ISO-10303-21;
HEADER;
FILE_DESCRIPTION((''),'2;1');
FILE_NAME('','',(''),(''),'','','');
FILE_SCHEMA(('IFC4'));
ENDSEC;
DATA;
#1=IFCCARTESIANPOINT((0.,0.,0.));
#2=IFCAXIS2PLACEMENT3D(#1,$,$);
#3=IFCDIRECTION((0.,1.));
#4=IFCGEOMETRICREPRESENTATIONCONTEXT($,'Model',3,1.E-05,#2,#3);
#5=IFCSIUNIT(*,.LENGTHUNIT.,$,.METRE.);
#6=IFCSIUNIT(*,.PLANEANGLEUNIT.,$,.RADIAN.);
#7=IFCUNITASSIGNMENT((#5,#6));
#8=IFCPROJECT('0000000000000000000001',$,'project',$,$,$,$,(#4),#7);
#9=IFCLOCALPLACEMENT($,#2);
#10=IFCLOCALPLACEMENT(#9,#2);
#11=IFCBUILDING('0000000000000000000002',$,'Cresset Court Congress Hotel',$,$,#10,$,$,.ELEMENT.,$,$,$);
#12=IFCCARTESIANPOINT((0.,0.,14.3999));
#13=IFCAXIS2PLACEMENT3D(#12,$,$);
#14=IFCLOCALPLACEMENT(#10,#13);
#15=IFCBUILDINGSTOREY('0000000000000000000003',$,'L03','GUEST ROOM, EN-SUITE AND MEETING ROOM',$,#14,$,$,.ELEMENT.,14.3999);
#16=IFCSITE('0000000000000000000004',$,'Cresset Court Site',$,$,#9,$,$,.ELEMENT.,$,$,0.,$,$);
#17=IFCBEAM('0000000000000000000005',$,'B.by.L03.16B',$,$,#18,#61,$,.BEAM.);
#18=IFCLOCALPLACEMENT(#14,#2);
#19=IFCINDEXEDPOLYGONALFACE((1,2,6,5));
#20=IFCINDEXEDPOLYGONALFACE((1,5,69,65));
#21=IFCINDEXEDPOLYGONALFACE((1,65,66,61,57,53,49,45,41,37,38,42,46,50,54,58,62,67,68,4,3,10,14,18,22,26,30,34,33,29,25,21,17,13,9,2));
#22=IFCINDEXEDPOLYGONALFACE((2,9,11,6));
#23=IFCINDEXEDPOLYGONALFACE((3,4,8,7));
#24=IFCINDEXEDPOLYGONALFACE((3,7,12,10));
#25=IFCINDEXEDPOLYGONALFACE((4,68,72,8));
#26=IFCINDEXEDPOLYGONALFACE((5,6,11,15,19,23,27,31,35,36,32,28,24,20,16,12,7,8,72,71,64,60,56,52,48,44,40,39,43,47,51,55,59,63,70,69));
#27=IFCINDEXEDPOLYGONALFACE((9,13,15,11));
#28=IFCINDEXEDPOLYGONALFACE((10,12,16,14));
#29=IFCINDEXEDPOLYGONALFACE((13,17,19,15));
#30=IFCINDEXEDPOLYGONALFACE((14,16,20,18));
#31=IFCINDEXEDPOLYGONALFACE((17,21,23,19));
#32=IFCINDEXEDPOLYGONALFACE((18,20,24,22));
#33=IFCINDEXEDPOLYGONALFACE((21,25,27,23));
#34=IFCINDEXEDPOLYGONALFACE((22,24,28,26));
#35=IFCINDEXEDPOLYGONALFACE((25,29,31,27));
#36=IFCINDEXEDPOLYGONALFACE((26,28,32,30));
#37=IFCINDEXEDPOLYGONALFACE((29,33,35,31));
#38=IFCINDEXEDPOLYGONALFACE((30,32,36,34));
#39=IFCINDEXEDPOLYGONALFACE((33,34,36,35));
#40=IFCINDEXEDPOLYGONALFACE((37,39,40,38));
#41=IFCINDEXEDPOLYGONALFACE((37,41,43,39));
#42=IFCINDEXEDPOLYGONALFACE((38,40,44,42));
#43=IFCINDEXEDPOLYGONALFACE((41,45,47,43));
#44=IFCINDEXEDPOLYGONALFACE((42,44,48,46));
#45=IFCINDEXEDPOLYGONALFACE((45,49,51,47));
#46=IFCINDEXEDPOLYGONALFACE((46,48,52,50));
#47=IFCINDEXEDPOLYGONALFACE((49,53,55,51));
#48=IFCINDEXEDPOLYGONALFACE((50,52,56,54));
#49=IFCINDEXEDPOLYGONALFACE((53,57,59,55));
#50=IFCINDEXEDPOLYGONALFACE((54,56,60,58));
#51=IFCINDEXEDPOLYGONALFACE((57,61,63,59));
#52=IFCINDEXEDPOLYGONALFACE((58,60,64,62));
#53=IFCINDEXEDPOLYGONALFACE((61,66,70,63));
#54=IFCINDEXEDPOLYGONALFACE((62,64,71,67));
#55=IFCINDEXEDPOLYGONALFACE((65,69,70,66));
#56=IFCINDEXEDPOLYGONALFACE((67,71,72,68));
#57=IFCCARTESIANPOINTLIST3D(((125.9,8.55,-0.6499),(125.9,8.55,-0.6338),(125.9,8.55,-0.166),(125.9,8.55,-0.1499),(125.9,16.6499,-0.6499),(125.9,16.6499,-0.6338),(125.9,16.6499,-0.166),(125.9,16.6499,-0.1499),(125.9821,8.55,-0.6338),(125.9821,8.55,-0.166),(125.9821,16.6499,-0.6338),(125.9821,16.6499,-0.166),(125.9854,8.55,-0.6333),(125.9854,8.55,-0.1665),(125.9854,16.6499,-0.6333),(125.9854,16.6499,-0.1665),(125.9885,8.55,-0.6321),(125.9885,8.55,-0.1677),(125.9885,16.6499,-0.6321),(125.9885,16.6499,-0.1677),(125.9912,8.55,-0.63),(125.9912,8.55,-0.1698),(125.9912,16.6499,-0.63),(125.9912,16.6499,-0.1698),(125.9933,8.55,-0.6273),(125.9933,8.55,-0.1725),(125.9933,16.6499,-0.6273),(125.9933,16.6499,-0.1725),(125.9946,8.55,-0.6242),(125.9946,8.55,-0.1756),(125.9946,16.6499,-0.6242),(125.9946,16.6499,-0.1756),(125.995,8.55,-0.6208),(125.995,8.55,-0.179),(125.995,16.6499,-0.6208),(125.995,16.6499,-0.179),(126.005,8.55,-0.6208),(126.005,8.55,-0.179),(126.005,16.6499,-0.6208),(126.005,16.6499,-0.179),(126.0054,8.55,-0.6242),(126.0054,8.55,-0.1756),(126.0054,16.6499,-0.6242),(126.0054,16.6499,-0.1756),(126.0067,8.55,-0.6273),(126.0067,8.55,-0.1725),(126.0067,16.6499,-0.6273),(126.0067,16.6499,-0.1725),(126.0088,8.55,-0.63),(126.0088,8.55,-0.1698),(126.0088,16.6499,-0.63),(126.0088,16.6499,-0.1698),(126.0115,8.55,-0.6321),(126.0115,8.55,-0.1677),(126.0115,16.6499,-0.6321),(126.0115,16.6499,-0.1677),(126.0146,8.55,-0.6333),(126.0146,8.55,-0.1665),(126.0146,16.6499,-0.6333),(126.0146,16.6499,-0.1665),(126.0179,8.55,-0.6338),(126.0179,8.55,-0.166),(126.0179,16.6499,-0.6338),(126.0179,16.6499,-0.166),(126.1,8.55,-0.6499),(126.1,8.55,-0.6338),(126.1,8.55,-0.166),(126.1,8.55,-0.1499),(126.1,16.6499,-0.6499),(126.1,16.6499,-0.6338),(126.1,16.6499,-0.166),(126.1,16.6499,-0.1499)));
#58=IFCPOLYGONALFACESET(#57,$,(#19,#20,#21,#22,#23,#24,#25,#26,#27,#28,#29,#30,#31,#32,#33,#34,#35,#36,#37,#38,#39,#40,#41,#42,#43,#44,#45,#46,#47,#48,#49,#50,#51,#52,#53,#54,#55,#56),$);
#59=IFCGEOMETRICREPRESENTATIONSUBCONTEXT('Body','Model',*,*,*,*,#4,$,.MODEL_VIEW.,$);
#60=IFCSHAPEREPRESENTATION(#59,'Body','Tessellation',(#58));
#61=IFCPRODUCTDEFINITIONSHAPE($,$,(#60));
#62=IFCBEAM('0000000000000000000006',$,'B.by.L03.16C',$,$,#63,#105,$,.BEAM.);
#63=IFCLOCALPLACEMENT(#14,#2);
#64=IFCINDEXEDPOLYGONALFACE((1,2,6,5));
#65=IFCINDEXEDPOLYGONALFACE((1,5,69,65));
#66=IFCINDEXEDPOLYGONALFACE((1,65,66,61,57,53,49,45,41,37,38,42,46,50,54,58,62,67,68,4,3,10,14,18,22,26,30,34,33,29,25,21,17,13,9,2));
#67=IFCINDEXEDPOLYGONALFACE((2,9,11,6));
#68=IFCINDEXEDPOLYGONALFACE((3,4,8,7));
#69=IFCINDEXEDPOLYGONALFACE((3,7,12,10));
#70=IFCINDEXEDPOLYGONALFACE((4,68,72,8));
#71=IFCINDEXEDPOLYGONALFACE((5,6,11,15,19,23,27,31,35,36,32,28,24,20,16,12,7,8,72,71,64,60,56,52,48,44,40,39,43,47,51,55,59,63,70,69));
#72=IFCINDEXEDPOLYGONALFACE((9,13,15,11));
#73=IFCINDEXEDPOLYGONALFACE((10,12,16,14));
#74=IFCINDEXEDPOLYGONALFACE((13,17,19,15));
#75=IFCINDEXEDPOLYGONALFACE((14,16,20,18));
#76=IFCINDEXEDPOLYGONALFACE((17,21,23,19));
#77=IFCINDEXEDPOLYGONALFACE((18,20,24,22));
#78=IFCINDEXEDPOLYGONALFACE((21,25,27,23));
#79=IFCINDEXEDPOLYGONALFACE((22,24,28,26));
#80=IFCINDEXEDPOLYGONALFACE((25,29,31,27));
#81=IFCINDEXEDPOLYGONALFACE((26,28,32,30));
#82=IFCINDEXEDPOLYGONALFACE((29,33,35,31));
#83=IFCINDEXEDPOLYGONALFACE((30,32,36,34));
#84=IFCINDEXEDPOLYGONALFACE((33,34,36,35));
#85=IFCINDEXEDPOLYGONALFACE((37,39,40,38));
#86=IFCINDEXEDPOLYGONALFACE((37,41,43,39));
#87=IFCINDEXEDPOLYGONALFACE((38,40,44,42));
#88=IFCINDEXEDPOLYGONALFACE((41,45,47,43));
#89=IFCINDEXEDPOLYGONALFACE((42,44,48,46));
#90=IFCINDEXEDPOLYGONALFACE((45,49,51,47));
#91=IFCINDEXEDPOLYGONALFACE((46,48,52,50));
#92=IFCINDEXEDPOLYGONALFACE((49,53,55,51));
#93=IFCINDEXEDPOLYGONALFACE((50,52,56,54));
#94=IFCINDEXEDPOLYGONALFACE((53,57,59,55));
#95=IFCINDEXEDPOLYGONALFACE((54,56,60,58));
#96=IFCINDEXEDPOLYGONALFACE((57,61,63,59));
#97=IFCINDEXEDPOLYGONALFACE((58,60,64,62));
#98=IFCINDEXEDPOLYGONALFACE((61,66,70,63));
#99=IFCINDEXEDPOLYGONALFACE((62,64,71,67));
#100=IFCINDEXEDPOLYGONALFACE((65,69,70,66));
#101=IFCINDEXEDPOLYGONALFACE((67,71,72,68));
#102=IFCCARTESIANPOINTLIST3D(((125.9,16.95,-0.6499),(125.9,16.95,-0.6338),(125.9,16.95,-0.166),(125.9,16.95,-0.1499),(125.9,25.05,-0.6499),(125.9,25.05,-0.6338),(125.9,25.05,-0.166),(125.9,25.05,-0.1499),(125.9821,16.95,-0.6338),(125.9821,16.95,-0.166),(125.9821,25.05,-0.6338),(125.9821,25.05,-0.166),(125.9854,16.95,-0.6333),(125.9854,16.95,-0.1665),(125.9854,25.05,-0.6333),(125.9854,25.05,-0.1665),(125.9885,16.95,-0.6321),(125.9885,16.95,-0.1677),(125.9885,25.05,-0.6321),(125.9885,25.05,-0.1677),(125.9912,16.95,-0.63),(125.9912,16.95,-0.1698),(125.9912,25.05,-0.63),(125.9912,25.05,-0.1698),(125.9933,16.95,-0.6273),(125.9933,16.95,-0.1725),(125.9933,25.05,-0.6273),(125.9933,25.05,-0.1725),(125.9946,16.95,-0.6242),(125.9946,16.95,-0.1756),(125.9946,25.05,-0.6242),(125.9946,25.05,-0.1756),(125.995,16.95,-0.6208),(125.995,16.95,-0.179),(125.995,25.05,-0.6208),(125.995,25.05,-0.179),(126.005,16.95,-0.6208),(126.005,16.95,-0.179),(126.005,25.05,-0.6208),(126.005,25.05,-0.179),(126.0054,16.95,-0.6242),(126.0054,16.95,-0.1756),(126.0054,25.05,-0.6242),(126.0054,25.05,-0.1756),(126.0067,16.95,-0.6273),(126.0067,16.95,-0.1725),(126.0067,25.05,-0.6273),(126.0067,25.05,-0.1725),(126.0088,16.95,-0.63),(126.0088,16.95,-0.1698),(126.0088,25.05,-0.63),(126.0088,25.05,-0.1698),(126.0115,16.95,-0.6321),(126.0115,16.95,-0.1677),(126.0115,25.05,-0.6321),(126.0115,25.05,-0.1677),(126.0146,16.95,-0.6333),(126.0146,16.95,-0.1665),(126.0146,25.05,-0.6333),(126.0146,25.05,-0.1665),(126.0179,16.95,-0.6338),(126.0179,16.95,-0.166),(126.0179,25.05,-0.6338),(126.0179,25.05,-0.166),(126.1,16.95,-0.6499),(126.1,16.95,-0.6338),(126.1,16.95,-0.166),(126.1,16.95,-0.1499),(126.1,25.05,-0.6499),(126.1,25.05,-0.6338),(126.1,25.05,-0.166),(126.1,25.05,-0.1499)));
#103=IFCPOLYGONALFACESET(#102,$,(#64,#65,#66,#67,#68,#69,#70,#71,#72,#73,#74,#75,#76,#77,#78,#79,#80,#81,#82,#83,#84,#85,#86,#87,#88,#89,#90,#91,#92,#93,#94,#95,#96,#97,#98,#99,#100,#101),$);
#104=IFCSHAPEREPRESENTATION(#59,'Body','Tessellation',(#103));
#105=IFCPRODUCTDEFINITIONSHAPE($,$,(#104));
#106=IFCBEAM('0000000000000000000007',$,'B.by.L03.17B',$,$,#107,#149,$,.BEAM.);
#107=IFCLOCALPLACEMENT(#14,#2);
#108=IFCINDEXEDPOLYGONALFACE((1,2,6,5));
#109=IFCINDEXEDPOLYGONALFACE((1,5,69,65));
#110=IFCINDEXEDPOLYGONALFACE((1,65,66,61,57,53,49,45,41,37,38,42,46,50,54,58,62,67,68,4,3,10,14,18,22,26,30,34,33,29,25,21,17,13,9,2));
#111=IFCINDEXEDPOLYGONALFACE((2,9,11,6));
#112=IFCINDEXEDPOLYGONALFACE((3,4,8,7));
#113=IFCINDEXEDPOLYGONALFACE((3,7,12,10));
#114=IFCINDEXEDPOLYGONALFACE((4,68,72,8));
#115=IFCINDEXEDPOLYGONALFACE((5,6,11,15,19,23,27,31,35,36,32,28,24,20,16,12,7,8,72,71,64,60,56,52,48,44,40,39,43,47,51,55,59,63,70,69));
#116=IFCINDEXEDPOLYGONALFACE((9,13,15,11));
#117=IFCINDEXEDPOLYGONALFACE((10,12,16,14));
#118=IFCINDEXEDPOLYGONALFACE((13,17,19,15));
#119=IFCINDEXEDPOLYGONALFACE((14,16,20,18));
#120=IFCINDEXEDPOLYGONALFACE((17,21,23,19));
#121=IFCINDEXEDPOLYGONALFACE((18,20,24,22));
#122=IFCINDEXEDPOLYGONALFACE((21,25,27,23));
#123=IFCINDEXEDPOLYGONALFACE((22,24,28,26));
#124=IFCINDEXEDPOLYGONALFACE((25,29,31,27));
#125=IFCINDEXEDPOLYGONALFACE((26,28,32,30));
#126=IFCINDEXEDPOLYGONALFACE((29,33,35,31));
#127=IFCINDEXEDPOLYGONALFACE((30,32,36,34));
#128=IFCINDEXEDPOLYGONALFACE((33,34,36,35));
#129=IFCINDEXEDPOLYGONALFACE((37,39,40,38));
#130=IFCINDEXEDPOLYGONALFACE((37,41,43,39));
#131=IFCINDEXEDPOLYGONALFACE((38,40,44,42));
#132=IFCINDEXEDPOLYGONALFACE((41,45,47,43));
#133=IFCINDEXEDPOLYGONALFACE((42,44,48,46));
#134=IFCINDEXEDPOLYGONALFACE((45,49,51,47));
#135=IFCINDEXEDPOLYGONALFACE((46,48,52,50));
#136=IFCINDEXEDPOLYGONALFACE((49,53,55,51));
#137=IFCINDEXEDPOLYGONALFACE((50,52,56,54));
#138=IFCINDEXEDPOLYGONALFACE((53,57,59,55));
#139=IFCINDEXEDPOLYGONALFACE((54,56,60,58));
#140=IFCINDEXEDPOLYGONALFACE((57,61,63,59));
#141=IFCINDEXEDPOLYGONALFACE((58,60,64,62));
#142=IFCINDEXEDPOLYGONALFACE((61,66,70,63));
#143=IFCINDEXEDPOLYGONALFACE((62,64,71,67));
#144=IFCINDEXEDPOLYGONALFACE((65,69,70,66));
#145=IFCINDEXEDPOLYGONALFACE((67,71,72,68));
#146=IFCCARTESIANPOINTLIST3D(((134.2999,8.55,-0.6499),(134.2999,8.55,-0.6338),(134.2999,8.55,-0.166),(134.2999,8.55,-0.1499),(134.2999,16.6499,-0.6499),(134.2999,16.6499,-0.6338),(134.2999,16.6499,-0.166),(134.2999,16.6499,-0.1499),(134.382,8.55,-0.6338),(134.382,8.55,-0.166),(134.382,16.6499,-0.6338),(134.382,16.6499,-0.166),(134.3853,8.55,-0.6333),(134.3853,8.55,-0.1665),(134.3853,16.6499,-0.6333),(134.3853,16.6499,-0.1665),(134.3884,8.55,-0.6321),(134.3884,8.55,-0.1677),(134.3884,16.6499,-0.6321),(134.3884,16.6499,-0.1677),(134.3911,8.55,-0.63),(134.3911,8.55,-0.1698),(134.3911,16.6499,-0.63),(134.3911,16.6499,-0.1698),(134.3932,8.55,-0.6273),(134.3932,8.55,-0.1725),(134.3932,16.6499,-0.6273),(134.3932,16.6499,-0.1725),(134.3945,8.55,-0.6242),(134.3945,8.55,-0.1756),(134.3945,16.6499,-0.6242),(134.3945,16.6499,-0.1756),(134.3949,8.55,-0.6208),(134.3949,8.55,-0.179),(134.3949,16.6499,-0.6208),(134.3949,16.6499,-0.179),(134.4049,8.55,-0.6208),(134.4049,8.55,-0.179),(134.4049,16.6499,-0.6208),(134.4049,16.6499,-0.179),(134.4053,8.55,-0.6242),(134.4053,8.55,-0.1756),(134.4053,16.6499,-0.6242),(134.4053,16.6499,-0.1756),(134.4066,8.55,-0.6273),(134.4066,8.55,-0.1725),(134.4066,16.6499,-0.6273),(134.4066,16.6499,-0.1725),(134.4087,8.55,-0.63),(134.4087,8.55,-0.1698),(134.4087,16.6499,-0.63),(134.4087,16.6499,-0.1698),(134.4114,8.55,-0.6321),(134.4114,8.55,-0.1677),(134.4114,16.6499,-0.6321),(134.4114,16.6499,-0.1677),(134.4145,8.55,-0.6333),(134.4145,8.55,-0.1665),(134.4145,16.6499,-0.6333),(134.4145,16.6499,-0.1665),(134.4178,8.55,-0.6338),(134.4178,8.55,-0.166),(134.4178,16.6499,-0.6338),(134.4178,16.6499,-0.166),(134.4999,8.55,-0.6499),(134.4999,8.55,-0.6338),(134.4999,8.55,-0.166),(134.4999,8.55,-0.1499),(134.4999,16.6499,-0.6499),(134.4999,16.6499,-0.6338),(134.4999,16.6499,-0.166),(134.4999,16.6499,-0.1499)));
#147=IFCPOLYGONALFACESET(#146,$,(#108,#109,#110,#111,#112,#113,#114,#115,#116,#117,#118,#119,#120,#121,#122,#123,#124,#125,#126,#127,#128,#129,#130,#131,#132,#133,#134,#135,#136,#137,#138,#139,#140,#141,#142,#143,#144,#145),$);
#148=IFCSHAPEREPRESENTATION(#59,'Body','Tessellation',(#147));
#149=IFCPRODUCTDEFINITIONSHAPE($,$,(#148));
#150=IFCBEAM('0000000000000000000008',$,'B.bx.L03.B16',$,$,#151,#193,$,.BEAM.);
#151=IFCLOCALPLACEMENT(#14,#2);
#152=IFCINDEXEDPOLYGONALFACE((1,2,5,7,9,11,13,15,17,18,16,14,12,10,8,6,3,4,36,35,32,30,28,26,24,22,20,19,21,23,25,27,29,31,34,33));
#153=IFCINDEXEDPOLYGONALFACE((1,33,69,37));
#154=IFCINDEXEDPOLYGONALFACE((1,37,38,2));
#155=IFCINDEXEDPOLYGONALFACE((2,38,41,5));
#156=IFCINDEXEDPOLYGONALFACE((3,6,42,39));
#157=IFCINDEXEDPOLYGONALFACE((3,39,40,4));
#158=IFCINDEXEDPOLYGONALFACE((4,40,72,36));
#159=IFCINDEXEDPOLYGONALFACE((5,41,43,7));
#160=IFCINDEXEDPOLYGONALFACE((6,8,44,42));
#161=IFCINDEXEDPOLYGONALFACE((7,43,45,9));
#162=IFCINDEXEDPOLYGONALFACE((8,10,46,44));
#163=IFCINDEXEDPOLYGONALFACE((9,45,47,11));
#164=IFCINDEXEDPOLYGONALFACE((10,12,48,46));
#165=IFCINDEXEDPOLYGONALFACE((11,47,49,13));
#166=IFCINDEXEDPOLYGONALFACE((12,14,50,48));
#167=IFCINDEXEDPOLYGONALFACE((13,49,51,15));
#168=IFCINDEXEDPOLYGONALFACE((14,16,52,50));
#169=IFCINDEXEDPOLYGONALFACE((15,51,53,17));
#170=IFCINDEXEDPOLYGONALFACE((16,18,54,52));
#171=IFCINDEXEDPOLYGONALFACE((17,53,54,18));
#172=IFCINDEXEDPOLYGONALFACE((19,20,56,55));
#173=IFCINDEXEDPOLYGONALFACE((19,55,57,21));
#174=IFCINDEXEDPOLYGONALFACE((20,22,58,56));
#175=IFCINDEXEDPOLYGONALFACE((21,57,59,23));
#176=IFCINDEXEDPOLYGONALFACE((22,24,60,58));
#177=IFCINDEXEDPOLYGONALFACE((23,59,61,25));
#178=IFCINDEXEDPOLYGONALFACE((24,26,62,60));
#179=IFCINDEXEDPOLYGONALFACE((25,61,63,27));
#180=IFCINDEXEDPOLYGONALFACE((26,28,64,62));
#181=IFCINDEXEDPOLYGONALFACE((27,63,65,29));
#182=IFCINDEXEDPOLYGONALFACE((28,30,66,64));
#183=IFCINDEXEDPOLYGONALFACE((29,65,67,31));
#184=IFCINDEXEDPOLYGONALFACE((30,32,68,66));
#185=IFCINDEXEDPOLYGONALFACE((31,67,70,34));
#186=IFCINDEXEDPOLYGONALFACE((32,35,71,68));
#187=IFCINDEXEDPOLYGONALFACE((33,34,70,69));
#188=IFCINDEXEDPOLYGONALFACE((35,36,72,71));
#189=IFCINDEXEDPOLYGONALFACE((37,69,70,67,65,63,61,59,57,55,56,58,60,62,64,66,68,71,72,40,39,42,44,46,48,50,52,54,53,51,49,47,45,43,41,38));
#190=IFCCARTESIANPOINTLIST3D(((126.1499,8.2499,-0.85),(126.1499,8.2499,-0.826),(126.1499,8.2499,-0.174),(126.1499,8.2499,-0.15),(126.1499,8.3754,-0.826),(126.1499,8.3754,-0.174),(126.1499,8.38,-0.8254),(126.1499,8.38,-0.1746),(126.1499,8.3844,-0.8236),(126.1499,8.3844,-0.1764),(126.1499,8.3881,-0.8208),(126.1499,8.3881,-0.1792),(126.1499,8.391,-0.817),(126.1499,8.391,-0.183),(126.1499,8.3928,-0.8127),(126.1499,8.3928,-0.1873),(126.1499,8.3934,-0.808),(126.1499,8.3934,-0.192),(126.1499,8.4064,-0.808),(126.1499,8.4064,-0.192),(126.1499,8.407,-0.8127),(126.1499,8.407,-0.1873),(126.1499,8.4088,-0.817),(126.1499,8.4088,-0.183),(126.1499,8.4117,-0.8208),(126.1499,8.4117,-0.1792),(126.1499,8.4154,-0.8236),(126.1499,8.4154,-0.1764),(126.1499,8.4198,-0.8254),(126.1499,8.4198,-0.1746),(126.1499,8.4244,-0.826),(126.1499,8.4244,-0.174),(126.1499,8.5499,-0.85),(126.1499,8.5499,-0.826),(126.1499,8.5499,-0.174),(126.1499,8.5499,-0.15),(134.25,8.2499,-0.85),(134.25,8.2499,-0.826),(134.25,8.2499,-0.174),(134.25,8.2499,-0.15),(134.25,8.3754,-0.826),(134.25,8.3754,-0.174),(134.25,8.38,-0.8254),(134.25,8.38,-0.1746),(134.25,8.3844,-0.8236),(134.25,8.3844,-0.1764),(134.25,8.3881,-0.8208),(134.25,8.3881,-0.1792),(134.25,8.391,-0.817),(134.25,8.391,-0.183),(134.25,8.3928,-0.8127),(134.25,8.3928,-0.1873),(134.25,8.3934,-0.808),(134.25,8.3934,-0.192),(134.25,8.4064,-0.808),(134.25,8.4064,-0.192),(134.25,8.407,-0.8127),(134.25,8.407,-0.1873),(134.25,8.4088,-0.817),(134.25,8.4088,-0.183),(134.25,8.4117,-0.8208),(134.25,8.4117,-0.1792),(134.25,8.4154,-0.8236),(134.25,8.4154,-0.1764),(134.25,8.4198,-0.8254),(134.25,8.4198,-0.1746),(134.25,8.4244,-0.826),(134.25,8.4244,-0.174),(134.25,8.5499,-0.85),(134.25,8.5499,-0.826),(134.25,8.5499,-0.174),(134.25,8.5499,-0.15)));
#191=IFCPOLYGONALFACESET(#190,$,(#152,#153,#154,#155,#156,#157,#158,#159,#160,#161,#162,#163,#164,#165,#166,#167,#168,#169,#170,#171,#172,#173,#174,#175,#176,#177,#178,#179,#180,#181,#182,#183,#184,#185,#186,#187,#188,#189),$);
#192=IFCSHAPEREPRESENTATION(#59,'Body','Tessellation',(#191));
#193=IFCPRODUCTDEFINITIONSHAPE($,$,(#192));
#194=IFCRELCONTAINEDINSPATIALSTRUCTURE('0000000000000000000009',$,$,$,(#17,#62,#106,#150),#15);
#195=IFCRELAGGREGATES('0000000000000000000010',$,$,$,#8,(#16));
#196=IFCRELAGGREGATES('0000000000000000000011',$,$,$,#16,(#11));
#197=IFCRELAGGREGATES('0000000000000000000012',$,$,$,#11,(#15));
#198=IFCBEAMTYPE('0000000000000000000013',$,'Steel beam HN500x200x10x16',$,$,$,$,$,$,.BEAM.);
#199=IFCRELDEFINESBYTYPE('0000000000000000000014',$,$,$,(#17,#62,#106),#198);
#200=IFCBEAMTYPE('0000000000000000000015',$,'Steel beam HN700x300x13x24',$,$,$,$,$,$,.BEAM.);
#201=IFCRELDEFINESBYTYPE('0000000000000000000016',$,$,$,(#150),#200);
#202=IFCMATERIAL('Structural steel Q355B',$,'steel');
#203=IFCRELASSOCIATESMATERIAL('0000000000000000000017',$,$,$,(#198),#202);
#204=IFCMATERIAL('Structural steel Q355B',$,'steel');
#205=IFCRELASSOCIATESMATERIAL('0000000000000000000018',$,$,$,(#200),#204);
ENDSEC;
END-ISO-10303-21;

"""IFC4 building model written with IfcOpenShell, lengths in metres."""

from ifc_helpers import new_model, si_unit, direction, frame, origin, origin_2d, place, context, subcontext, project, spatial, i_section, extrude, material, material_profile, profile_set, type_object, element, save


model = new_model("IFC4")

# Units and contexts
model_context = context("Model", 3, precision=1e-05, world=origin(), true_north=direction((0.0, 1.0)))
body_context = subcontext(model_context, "Body", "Model", "MODEL_VIEW")
ifc_project = project(units=[si_unit("LENGTHUNIT", "METRE"), si_unit("PLANEANGLEUNIT", "RADIAN")], contexts=[model_context])

# Site, building, storey
site_placement = place(None, origin())
site = spatial("IfcSite", under=ifc_project, at=site_placement, Name="Cresset Court Site", CompositionType="ELEMENT", RefElevation=0.0)
building_placement = place(site_placement, origin())
building = spatial("IfcBuilding", under=site, at=building_placement, Name="Cresset Court Congress Hotel", CompositionType="ELEMENT")
storey_placement = place(building_placement, frame((0.0, 0.0, 14.3999)))
storey = spatial("IfcBuildingStorey", under=building, at=storey_placement, Name="L03", Description="GUEST ROOM, EN-SUITE AND MEETING ROOM", CompositionType="ELEMENT", Elevation=14.3999)

# Beams
ifc_material_1 = material(Name="Structural steel Q355B", Category="steel")
ifc_material_profile_1 = material_profile(ifc_material_1, i_section(OverallWidth=0.2, OverallDepth=0.5, WebThickness=0.01, FlangeThickness=0.0161, FilletRadius=0.0129, at=origin_2d()), Name="HN500x200x10x16")
ifc_profile_set_1 = profile_set([ifc_material_profile_1], Name="Structural steel Q355B")
beam_type_1 = type_object("IfcBeamType", Name="Steel beam HN500x200x10x16", PredefinedType="BEAM", material=ifc_profile_set_1)
beam_1_placement = place(storey_placement, frame((126.0, 8.55, -0.3999), z_axis=(0.0, 1.0, 0.0), x_axis=(-1.0, 0.0, 0.0)))
element("IfcBeam", 1, at=beam_1_placement, inside=storey, type_object=beam_type_1, Name="B.by.L03.16B", PredefinedType="BEAM", context=body_context, shape_type="SweptSolid", body=[
    extrude(i_section(OverallWidth=0.2, OverallDepth=0.5, WebThickness=0.01, FlangeThickness=0.0161, FilletRadius=0.0129, at=origin_2d()), origin(), (0.0, 0.0, 1.0), 8.0999),
])
beam_2_placement = place(storey_placement, frame((126.0, 16.95, -0.3999), z_axis=(0.0, 1.0, 0.0), x_axis=(-1.0, 0.0, 0.0)))
element("IfcBeam", 2, at=beam_2_placement, inside=storey, type_object=beam_type_1, Name="B.by.L03.16C", PredefinedType="BEAM", context=body_context, shape_type="SweptSolid", body=[
    extrude(i_section(OverallWidth=0.2, OverallDepth=0.5, WebThickness=0.01, FlangeThickness=0.0161, FilletRadius=0.0129, at=origin_2d()), origin(), (0.0, 0.0, 1.0), 8.1001),
])
beam_3_placement = place(storey_placement, frame((134.3999, 8.55, -0.3999), z_axis=(0.0, 1.0, 0.0), x_axis=(-1.0, 0.0, 0.0)))
element("IfcBeam", 3, at=beam_3_placement, inside=storey, type_object=beam_type_1, Name="B.by.L03.17B", PredefinedType="BEAM", context=body_context, shape_type="SweptSolid", body=[
    extrude(i_section(OverallWidth=0.2, OverallDepth=0.5, WebThickness=0.01, FlangeThickness=0.0161, FilletRadius=0.0129, at=origin_2d()), origin(), (0.0, 0.0, 1.0), 8.0999),
])
ifc_material_2 = material(Name="Structural steel Q355B", Category="steel")
ifc_material_profile_2 = material_profile(ifc_material_2, i_section(OverallWidth=0.3, OverallDepth=0.7, WebThickness=0.0129, FlangeThickness=0.0239, FilletRadius=0.0181, at=origin_2d()), Name="HN700x300x13x24")
ifc_profile_set_2 = profile_set([ifc_material_profile_2], Name="Structural steel Q355B")
beam_type_2 = type_object("IfcBeamType", Name="Steel beam HN700x300x13x24", PredefinedType="BEAM", material=ifc_profile_set_2)
beam_4_placement = place(storey_placement, frame((126.1499, 8.3999, -0.5), z_axis=(1.0, 0.0, 0.0), x_axis=(0.0, 1.0, 0.0)))
element("IfcBeam", 4, at=beam_4_placement, inside=storey, type_object=beam_type_2, Name="B.bx.L03.B16", PredefinedType="BEAM", context=body_context, shape_type="SweptSolid", body=[
    extrude(i_section(OverallWidth=0.3, OverallDepth=0.7, WebThickness=0.0129, FlangeThickness=0.0239, FilletRadius=0.0181, at=origin_2d()), origin(), (0.0, 0.0, 1.0), 8.1001),
])

save(model, "model.ifc")
